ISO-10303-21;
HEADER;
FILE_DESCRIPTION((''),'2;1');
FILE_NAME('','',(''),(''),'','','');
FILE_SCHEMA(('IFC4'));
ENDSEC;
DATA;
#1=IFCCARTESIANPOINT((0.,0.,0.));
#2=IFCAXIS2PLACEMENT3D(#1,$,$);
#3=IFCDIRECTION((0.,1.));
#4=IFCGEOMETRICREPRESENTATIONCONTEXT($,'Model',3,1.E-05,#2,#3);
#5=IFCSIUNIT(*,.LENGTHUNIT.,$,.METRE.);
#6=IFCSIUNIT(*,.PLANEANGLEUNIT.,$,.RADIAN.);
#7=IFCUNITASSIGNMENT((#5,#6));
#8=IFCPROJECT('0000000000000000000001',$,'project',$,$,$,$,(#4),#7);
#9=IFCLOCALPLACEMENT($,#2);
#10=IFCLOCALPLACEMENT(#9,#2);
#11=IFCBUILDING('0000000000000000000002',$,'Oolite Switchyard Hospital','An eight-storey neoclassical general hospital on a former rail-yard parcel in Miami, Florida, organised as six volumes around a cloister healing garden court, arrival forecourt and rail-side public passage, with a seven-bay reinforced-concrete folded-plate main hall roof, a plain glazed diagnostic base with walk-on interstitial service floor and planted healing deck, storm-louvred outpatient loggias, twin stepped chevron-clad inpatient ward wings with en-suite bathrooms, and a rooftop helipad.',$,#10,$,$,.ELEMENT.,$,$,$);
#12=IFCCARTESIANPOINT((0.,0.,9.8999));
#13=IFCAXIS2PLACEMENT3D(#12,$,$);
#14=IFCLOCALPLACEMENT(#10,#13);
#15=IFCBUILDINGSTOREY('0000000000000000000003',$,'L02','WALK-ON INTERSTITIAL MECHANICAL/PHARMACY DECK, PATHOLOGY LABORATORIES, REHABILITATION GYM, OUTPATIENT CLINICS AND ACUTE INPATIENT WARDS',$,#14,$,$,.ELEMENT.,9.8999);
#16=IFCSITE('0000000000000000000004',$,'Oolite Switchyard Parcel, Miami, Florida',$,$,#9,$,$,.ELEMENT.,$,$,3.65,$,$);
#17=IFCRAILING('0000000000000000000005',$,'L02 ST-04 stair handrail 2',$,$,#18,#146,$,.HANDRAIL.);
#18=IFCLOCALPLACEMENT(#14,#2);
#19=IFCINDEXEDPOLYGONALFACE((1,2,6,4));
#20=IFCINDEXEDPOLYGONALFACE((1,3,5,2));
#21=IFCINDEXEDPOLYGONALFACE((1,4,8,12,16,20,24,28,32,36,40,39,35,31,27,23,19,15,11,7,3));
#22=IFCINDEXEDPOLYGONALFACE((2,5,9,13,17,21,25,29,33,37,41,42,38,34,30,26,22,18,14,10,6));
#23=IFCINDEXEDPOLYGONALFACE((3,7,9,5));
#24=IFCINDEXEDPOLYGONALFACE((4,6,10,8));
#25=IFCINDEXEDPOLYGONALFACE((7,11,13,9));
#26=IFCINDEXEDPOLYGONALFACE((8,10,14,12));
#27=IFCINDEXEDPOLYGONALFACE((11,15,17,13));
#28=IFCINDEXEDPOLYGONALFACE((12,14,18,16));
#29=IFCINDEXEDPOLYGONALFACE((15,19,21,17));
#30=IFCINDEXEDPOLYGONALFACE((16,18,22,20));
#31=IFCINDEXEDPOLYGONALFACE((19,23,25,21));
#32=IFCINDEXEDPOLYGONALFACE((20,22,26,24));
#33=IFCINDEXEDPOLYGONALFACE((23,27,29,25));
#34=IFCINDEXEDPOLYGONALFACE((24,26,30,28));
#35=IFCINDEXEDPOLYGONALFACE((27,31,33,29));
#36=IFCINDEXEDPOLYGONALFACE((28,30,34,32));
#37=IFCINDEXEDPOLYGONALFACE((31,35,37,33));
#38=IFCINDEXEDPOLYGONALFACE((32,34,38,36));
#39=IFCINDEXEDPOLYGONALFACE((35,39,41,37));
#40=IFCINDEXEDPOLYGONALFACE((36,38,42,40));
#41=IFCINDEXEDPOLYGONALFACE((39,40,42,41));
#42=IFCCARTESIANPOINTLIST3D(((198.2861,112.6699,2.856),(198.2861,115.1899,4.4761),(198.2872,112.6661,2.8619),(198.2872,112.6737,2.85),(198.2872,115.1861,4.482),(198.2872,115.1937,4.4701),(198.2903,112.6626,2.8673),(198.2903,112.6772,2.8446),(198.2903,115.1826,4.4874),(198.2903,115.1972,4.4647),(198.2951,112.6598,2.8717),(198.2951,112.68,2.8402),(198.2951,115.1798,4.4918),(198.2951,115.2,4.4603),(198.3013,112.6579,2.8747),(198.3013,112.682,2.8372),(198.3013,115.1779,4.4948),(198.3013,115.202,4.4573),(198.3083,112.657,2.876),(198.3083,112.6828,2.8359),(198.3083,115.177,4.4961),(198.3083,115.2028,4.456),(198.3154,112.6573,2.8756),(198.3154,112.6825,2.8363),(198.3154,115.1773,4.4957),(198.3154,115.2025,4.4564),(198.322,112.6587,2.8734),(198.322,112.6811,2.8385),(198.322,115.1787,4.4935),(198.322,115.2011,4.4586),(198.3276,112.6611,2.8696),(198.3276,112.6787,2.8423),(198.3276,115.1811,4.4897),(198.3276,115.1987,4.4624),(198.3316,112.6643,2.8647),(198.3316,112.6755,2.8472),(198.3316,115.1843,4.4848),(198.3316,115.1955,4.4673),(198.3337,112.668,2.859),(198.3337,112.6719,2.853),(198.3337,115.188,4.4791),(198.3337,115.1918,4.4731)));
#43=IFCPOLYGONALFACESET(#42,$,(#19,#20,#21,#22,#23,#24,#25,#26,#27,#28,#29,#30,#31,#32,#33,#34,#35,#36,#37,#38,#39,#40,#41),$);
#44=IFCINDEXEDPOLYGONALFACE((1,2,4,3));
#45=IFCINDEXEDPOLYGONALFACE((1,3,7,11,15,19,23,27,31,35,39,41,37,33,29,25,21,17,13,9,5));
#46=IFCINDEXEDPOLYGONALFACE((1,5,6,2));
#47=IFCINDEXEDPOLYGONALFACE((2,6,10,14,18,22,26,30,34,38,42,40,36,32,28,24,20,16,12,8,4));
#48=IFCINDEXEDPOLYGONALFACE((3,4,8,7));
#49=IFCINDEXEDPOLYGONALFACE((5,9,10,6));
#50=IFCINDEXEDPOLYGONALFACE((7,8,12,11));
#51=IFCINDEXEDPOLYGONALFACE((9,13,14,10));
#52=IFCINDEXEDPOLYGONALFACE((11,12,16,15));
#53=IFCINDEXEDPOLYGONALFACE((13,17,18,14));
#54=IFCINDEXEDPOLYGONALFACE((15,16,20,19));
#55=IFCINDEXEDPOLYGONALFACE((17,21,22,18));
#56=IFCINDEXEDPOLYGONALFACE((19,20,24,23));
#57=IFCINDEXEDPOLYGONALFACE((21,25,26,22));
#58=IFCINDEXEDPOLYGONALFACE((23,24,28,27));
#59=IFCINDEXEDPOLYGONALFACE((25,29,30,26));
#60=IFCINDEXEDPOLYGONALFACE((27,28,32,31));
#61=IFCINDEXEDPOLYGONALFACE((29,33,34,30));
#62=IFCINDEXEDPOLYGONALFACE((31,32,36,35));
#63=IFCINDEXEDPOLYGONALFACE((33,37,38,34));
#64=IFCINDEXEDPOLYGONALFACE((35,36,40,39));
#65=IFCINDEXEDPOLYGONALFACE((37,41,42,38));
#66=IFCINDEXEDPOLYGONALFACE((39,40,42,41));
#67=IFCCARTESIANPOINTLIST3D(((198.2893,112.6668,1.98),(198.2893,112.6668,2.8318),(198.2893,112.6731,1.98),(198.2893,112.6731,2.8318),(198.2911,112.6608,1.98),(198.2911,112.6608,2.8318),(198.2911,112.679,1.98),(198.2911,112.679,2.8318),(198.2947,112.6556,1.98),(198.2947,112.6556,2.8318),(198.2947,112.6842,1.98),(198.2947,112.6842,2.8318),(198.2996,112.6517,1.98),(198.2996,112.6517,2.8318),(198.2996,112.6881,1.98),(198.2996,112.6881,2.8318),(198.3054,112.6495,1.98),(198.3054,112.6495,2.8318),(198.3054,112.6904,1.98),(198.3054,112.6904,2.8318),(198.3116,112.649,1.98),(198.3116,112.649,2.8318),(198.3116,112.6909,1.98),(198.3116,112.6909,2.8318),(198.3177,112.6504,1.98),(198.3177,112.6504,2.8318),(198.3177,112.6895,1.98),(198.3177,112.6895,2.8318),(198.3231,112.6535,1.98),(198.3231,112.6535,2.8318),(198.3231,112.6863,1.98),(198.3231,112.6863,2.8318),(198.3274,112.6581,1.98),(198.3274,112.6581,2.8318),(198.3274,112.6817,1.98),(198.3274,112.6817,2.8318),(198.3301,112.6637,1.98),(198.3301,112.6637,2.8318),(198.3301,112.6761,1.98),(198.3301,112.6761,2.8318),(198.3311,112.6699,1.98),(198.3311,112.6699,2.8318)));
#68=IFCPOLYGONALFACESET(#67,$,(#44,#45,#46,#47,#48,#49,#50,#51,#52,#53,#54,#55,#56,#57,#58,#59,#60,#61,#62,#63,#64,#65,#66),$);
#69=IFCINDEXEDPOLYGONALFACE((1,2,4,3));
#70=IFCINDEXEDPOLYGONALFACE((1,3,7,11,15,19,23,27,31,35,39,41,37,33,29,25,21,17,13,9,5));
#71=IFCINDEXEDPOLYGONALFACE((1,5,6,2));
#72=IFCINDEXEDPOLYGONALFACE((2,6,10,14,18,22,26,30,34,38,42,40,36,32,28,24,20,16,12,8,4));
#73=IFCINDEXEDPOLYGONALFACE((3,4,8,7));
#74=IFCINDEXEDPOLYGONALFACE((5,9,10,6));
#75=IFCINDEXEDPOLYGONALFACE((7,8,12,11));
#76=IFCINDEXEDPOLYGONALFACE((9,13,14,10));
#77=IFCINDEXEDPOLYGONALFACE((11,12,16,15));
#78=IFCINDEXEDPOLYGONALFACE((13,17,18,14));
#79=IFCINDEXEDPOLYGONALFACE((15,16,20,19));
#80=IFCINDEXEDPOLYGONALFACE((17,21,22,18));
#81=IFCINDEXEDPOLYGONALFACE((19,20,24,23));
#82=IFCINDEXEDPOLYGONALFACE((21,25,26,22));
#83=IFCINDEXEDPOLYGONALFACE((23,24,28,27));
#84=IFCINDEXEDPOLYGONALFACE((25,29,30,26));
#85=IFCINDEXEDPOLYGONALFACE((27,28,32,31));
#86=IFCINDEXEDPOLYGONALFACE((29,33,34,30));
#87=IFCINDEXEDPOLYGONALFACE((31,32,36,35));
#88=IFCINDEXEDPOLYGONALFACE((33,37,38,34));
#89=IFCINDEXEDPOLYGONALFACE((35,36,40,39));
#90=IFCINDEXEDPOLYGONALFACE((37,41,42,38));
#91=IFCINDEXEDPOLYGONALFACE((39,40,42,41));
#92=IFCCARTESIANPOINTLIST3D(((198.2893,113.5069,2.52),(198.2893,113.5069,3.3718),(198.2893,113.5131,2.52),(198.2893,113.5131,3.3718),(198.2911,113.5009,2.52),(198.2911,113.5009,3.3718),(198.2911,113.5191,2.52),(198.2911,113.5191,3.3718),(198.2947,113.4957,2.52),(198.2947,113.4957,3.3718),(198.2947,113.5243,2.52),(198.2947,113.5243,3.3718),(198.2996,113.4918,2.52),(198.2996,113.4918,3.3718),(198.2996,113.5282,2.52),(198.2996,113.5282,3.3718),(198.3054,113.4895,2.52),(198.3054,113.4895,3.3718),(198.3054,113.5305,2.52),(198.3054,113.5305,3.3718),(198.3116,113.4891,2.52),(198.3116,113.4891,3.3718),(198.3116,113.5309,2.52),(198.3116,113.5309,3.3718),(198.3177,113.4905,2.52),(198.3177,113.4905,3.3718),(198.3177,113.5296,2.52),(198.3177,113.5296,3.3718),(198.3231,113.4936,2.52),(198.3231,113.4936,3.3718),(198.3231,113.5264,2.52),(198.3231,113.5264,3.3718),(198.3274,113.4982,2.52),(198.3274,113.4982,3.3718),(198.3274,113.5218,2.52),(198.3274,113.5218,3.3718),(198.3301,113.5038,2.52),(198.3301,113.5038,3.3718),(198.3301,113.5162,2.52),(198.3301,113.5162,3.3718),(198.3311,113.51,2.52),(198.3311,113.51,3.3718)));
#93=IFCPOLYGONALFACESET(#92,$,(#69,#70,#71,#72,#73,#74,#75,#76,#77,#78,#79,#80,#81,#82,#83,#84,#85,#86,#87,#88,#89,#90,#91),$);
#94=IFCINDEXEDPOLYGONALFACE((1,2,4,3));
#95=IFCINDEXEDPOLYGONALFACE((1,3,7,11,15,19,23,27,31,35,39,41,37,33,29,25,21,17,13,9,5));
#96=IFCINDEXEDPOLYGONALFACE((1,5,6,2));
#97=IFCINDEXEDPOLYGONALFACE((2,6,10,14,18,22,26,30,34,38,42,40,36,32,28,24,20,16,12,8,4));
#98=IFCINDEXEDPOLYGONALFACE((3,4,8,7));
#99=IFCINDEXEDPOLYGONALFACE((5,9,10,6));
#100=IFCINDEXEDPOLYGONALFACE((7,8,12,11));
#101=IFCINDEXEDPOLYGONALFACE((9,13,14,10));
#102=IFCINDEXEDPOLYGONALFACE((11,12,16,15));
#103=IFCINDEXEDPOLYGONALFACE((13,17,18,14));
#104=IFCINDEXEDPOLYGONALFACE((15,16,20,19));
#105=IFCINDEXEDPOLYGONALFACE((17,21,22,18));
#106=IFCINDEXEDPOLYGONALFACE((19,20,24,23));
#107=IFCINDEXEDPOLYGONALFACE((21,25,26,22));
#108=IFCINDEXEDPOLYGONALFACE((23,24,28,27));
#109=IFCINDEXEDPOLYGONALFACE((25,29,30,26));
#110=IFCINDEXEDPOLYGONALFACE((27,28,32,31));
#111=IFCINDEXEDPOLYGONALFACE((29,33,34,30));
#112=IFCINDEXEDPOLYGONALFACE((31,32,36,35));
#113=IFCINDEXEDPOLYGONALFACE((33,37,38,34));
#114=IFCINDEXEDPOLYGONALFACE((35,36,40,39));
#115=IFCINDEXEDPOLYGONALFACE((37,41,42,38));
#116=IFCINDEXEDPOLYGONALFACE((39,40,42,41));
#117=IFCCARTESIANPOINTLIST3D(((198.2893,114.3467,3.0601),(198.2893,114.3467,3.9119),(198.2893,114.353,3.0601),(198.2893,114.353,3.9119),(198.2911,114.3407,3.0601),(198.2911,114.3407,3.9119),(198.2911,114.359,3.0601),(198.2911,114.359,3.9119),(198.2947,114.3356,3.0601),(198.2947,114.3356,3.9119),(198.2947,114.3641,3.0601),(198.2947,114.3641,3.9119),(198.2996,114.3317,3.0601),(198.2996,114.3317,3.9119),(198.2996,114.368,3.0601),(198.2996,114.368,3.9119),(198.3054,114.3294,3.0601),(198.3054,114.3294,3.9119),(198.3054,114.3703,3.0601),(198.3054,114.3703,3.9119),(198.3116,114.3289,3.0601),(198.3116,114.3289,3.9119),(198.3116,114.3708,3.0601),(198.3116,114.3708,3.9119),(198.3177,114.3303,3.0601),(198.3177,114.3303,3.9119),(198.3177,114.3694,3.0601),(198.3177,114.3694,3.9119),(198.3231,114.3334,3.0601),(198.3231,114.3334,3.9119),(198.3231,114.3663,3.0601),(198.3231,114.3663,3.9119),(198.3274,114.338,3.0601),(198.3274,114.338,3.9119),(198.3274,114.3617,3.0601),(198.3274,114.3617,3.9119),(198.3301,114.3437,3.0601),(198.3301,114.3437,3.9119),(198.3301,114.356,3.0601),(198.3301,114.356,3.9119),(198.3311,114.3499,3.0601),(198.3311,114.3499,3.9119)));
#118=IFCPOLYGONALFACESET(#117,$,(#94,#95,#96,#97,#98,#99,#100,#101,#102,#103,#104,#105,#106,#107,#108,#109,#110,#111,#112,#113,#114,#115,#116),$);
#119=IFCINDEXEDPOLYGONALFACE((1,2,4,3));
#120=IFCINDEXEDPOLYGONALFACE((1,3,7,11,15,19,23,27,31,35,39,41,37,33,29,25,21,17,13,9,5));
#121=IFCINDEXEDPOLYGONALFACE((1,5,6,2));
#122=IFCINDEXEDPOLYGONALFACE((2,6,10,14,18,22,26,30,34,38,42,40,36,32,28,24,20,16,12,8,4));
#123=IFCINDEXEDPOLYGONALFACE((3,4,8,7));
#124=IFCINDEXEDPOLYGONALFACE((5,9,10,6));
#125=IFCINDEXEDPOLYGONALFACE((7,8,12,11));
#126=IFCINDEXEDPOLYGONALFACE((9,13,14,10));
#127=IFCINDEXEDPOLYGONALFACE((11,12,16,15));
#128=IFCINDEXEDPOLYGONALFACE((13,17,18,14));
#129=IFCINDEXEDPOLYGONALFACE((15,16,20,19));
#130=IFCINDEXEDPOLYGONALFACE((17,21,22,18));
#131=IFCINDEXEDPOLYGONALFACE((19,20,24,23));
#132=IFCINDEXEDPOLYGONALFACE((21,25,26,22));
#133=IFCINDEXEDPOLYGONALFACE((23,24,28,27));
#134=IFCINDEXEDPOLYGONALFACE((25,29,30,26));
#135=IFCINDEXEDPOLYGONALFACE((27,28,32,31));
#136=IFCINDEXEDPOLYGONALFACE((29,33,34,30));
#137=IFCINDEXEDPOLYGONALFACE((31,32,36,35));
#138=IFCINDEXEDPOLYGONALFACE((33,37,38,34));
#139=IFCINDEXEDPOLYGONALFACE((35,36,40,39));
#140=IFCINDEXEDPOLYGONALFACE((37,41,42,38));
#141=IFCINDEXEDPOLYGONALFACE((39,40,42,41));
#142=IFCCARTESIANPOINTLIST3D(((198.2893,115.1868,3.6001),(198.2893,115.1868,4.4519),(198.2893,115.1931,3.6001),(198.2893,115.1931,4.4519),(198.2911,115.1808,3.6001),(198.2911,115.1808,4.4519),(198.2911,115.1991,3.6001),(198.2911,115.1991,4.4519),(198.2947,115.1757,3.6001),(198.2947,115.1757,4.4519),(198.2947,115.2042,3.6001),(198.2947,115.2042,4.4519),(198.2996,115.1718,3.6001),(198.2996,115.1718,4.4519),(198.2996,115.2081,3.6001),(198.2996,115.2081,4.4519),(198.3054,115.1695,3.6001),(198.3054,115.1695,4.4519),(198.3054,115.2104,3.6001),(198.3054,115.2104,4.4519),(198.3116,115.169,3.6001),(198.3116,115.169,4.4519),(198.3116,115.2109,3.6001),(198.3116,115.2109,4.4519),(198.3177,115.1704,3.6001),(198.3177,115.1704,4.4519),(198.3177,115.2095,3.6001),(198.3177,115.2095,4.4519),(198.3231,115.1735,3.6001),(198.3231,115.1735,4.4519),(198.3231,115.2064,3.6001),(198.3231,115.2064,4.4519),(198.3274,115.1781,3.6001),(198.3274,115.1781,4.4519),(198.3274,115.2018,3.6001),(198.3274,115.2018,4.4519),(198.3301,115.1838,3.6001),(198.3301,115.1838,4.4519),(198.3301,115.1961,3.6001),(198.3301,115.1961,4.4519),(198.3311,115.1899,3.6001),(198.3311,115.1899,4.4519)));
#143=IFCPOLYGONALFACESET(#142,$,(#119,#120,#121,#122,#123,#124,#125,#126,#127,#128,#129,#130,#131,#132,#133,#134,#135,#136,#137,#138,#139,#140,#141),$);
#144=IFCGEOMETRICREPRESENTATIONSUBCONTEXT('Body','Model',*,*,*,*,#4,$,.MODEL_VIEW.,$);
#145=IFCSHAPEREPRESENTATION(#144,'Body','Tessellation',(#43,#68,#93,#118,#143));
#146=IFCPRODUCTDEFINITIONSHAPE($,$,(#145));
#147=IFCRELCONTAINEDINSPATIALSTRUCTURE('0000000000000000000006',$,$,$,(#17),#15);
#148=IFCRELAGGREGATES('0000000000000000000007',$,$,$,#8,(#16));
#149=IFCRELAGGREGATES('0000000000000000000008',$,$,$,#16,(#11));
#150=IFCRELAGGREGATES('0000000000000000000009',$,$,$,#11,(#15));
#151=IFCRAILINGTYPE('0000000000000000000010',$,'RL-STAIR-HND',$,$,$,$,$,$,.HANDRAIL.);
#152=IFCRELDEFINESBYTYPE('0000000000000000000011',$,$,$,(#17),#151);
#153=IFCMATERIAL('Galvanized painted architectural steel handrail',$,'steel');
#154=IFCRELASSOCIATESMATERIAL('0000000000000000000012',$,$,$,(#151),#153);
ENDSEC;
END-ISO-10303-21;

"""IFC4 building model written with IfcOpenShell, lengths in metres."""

from ifc_helpers import new_model, si_unit, direction, frame, origin, origin_2d, place, context, subcontext, project, spatial, circle, extrude, material, type_object, element, save


model = new_model("IFC4")

# Units and contexts
model_context = context("Model", 3, precision=1e-05, world=origin(), true_north=direction((0.0, 1.0)))
body_context = subcontext(model_context, "Body", "Model", "MODEL_VIEW")
ifc_project = project(units=[si_unit("LENGTHUNIT", "METRE"), si_unit("PLANEANGLEUNIT", "RADIAN")], contexts=[model_context])

# Site, building, storey
site_placement = place(None, origin())
site = spatial("IfcSite", under=ifc_project, at=site_placement, Name="Oolite Switchyard Parcel, Miami, Florida", CompositionType="ELEMENT", RefElevation=3.65)
building_placement = place(site_placement, origin())
building = spatial("IfcBuilding", under=site, at=building_placement, Name="Oolite Switchyard Hospital", Description="An eight-storey neoclassical general hospital on a former rail-yard parcel in Miami, Florida, organised as six volumes around a cloister healing garden court, arrival forecourt and rail-side public passage, with a seven-bay reinforced-concrete folded-plate main hall roof, a plain glazed diagnostic base with walk-on interstitial service floor and planted healing deck, storm-louvred outpatient loggias, twin stepped chevron-clad inpatient ward wings with en-suite bathrooms, and a rooftop helipad.", CompositionType="ELEMENT")
storey_placement = place(building_placement, frame((0.0, 0.0, 9.8999)))
storey = spatial("IfcBuildingStorey", under=building, at=storey_placement, Name="L02", Description="WALK-ON INTERSTITIAL MECHANICAL/PHARMACY DECK, PATHOLOGY LABORATORIES, REHABILITATION GYM, OUTPATIENT CLINICS AND ACUTE INPATIENT WARDS", CompositionType="ELEMENT", Elevation=9.8999)

# Railing
ifc_material_1 = material(Name="Galvanized painted architectural steel handrail", Category="steel")
railing_type_1 = type_object("IfcRailingType", Name="RL-STAIR-HND", PredefinedType="HANDRAIL", material=ifc_material_1)
railing_1_placement = place(storey_placement, frame((198.3101, 112.6699, 1.98)))
element("IfcRailing", 1, at=railing_1_placement, inside=storey, type_object=railing_type_1, Name="L02 ST-04 stair handrail 2", PredefinedType="HANDRAIL", context=body_context, shape_type="SweptSolid", body=[
    extrude(circle(Radius=0.0239, at=origin_2d()), frame((0.0, 0.0, 0.876), z_axis=(0.0, 0.841163, 0.540782), x_axis=(-1.0, 0.0, 0.0)), (0.0, 0.0, 1.0), 2.9958),
    extrude(circle(Radius=0.021, at=origin_2d()), origin(), (0.0, 0.0, 1.0), 0.8518),
    extrude(circle(Radius=0.021, at=origin_2d()), frame((0.0, 0.8401, 0.54)), (0.0, 0.0, 1.0), 0.8518),
    extrude(circle(Radius=0.021, at=origin_2d()), frame((0.0, 1.6799, 1.0801)), (0.0, 0.0, 1.0), 0.8518),
    extrude(circle(Radius=0.021, at=origin_2d()), frame((0.0, 2.52, 1.6201)), (0.0, 0.0, 1.0), 0.8518),
])

save(model, "model.ifc")
